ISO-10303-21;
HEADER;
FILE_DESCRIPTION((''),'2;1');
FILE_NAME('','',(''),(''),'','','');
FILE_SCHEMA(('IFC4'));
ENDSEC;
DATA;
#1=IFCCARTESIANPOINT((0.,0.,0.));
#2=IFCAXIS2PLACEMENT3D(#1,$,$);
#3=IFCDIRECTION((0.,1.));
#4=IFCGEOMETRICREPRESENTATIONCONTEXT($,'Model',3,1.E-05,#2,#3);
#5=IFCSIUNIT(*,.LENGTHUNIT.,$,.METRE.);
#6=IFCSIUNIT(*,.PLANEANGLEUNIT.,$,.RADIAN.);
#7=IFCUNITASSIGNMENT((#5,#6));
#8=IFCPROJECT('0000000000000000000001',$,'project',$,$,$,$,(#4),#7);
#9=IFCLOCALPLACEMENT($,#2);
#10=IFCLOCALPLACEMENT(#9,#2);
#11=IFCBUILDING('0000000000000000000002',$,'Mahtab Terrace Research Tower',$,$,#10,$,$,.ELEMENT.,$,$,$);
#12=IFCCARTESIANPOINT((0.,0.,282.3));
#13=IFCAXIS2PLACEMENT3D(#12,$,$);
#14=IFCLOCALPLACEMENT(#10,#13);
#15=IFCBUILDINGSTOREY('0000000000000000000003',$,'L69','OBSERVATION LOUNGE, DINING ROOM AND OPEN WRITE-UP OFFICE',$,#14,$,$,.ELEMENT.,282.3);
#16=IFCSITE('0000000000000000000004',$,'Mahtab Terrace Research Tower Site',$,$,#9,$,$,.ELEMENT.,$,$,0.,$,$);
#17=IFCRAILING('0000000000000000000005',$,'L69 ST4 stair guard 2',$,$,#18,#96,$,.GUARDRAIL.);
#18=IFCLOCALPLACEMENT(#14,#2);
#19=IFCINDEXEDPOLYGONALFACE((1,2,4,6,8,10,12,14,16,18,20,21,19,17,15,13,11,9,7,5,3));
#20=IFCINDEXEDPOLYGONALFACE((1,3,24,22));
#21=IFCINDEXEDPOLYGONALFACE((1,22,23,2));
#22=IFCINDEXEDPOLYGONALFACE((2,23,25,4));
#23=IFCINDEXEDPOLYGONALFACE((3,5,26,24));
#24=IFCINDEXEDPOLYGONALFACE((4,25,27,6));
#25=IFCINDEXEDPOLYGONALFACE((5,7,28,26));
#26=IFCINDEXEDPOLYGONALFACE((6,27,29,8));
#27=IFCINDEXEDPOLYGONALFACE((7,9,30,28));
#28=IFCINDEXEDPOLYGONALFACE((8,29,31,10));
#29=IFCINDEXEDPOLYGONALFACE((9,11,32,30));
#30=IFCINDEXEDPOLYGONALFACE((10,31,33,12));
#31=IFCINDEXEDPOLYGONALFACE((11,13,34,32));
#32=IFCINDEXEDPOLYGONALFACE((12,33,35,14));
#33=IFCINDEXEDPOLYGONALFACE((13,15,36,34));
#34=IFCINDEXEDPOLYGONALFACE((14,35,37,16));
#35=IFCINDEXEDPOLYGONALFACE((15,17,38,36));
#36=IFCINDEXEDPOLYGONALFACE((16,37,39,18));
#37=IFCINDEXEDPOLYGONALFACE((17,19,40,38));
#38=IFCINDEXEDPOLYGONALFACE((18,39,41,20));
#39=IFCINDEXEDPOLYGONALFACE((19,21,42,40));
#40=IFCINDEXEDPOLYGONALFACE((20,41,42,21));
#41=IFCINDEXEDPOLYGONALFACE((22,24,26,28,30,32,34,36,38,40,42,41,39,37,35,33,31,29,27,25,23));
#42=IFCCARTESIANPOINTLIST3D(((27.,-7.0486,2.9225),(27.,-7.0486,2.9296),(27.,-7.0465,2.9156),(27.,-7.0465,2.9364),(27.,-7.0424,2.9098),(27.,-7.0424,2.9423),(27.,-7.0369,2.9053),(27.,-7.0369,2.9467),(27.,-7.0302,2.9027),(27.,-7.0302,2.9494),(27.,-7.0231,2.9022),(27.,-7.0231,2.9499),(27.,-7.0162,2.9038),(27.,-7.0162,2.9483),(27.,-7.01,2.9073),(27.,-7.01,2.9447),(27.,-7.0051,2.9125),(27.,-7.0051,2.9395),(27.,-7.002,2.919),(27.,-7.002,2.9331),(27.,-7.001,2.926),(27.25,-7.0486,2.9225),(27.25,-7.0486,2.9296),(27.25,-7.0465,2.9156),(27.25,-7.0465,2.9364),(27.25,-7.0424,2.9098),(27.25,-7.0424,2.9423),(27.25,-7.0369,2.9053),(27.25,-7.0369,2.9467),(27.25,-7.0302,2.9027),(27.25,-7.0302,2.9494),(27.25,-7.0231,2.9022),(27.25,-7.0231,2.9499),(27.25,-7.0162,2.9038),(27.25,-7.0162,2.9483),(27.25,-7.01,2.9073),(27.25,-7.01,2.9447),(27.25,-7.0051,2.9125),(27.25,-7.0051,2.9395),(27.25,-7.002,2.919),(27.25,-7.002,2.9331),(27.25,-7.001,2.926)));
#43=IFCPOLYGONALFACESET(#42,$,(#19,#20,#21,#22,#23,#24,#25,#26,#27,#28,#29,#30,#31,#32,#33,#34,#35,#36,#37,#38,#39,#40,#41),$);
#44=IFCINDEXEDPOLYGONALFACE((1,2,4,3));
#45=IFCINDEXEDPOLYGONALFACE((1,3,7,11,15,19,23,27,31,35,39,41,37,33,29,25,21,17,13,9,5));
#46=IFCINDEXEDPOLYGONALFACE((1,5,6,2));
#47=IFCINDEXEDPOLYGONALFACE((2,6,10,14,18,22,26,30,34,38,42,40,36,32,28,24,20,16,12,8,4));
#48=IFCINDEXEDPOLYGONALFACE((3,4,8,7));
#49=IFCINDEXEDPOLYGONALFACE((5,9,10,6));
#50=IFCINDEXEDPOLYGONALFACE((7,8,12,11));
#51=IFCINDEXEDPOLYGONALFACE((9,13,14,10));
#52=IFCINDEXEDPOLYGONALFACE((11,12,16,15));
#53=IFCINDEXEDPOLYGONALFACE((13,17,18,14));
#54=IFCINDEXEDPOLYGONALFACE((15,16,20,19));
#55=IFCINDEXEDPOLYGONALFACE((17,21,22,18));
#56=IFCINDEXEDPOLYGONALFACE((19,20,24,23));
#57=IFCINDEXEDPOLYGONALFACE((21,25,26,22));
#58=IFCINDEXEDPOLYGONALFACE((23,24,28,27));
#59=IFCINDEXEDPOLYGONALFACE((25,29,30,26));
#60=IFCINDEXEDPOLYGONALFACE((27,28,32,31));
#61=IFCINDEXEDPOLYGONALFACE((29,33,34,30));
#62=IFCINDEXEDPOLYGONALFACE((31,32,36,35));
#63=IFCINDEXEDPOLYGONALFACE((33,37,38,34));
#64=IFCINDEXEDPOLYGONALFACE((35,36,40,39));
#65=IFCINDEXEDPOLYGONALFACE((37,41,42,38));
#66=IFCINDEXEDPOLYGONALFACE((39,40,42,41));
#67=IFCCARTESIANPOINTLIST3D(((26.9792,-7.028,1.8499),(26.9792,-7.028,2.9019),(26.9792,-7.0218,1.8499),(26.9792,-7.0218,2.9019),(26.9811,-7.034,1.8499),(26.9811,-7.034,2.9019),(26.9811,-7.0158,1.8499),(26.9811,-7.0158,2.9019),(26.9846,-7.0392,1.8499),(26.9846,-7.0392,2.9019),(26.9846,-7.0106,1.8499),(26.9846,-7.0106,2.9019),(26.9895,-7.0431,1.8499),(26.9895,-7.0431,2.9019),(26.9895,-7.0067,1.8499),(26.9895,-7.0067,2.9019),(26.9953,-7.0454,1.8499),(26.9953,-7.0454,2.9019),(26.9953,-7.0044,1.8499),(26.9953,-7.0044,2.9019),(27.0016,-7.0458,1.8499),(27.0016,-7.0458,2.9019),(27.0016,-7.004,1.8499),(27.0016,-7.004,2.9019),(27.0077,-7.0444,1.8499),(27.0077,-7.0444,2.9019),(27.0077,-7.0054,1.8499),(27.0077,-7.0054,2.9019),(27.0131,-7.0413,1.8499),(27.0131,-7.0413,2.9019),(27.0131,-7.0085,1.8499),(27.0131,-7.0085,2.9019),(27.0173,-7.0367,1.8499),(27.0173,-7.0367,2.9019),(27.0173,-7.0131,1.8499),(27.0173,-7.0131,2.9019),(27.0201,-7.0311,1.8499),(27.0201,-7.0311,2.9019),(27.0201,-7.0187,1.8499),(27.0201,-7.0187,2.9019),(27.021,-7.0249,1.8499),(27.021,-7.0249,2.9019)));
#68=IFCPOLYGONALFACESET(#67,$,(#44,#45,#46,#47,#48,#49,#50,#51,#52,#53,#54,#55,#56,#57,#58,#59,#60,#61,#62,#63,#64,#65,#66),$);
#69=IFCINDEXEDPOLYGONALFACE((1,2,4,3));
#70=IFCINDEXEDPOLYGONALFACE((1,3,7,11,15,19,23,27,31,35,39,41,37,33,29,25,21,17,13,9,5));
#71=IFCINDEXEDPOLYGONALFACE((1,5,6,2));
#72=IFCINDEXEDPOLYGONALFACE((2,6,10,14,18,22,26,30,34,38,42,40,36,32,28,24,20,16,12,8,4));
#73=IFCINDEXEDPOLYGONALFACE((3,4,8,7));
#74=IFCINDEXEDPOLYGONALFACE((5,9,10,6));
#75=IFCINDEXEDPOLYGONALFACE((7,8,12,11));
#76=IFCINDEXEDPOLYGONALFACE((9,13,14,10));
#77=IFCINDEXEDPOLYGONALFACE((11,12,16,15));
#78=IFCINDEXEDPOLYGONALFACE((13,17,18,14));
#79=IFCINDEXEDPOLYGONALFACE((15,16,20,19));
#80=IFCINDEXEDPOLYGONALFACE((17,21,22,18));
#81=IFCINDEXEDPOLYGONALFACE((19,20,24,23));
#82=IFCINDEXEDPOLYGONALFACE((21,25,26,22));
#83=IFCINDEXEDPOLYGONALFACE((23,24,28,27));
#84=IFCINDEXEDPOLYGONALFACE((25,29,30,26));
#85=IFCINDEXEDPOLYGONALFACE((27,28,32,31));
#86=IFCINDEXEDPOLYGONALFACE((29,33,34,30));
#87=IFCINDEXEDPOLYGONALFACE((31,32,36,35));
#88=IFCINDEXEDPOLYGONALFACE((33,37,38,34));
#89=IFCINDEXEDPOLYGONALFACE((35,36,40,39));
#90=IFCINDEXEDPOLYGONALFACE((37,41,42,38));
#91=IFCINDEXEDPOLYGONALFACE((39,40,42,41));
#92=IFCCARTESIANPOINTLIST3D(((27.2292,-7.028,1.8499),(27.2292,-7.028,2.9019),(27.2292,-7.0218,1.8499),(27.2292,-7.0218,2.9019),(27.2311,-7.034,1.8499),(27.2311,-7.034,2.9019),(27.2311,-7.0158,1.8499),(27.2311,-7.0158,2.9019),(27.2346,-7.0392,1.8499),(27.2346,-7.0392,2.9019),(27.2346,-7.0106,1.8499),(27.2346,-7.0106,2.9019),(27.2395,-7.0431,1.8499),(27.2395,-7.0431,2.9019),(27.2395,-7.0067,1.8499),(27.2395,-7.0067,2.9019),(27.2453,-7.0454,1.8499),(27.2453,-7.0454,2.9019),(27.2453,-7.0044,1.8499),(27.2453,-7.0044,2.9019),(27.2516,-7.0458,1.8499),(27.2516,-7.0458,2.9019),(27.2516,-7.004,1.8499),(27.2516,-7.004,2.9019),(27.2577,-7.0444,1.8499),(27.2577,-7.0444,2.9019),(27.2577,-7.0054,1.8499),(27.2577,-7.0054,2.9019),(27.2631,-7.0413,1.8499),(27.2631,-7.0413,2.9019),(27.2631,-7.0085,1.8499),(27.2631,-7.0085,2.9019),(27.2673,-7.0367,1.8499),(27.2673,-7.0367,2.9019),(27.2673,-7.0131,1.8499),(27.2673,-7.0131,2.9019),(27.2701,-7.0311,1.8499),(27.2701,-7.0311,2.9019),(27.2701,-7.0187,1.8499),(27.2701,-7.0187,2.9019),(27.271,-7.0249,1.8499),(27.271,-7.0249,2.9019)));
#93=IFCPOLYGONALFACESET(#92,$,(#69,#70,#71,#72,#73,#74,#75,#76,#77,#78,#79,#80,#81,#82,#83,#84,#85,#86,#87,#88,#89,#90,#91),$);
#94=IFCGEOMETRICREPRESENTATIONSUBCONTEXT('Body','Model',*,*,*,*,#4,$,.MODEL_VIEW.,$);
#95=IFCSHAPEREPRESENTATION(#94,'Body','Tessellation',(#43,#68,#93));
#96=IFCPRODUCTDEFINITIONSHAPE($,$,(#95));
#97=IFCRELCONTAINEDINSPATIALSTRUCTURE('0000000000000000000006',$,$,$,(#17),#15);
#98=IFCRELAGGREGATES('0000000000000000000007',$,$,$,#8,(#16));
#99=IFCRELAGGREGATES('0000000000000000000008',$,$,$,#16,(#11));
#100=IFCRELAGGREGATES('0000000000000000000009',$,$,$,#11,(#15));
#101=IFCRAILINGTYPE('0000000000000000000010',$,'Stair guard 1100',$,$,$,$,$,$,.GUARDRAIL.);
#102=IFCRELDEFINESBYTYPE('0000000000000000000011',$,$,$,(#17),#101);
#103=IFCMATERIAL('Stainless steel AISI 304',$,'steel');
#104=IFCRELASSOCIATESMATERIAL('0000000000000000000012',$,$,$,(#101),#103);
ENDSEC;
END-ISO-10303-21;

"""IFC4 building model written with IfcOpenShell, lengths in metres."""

from ifc_helpers import new_model, si_unit, direction, frame, origin, origin_2d, place, context, subcontext, project, spatial, circle, extrude, material, type_object, element, save


model = new_model("IFC4")

# Units and contexts
model_context = context("Model", 3, precision=1e-05, world=origin(), true_north=direction((0.0, 1.0)))
body_context = subcontext(model_context, "Body", "Model", "MODEL_VIEW")
ifc_project = project(units=[si_unit("LENGTHUNIT", "METRE"), si_unit("PLANEANGLEUNIT", "RADIAN")], contexts=[model_context])

# Site, building, storey
site_placement = place(None, origin())
site = spatial("IfcSite", under=ifc_project, at=site_placement, Name="Mahtab Terrace Research Tower Site", CompositionType="ELEMENT", RefElevation=0.0)
building_placement = place(site_placement, origin())
building = spatial("IfcBuilding", under=site, at=building_placement, Name="Mahtab Terrace Research Tower", CompositionType="ELEMENT")
storey_placement = place(building_placement, frame((0.0, 0.0, 282.3)))
storey = spatial("IfcBuildingStorey", under=building, at=storey_placement, Name="L69", Description="OBSERVATION LOUNGE, DINING ROOM AND OPEN WRITE-UP OFFICE", CompositionType="ELEMENT", Elevation=282.3)

# Railing
ifc_material_1 = material(Name="Stainless steel AISI 304", Category="steel")
railing_type_1 = type_object("IfcRailingType", Name="Stair guard 1100", PredefinedType="GUARDRAIL", material=ifc_material_1)
railing_1_placement = place(storey_placement, frame((27.0, -7.0249, 1.8499)))
element("IfcRailing", 1, at=railing_1_placement, inside=storey, type_object=railing_type_1, Name="L69 ST4 stair guard 2", PredefinedType="GUARDRAIL", context=body_context, shape_type="SweptSolid", body=[
    extrude(circle(Radius=0.0239, at=origin_2d()), frame((0.0, 0.0, 1.0762), z_axis=(1.0, 0.0, 0.0), x_axis=(0.0, 1.0, 0.0)), (0.0, 0.0, 1.0), 0.25),
    extrude(circle(Radius=0.021, at=origin_2d()), origin(), (0.0, 0.0, 1.0), 1.052),
    extrude(circle(Radius=0.021, at=origin_2d()), frame((0.25, 0.0, 0.0)), (0.0, 0.0, 1.0), 1.052),
])

save(model, "model.ifc")
